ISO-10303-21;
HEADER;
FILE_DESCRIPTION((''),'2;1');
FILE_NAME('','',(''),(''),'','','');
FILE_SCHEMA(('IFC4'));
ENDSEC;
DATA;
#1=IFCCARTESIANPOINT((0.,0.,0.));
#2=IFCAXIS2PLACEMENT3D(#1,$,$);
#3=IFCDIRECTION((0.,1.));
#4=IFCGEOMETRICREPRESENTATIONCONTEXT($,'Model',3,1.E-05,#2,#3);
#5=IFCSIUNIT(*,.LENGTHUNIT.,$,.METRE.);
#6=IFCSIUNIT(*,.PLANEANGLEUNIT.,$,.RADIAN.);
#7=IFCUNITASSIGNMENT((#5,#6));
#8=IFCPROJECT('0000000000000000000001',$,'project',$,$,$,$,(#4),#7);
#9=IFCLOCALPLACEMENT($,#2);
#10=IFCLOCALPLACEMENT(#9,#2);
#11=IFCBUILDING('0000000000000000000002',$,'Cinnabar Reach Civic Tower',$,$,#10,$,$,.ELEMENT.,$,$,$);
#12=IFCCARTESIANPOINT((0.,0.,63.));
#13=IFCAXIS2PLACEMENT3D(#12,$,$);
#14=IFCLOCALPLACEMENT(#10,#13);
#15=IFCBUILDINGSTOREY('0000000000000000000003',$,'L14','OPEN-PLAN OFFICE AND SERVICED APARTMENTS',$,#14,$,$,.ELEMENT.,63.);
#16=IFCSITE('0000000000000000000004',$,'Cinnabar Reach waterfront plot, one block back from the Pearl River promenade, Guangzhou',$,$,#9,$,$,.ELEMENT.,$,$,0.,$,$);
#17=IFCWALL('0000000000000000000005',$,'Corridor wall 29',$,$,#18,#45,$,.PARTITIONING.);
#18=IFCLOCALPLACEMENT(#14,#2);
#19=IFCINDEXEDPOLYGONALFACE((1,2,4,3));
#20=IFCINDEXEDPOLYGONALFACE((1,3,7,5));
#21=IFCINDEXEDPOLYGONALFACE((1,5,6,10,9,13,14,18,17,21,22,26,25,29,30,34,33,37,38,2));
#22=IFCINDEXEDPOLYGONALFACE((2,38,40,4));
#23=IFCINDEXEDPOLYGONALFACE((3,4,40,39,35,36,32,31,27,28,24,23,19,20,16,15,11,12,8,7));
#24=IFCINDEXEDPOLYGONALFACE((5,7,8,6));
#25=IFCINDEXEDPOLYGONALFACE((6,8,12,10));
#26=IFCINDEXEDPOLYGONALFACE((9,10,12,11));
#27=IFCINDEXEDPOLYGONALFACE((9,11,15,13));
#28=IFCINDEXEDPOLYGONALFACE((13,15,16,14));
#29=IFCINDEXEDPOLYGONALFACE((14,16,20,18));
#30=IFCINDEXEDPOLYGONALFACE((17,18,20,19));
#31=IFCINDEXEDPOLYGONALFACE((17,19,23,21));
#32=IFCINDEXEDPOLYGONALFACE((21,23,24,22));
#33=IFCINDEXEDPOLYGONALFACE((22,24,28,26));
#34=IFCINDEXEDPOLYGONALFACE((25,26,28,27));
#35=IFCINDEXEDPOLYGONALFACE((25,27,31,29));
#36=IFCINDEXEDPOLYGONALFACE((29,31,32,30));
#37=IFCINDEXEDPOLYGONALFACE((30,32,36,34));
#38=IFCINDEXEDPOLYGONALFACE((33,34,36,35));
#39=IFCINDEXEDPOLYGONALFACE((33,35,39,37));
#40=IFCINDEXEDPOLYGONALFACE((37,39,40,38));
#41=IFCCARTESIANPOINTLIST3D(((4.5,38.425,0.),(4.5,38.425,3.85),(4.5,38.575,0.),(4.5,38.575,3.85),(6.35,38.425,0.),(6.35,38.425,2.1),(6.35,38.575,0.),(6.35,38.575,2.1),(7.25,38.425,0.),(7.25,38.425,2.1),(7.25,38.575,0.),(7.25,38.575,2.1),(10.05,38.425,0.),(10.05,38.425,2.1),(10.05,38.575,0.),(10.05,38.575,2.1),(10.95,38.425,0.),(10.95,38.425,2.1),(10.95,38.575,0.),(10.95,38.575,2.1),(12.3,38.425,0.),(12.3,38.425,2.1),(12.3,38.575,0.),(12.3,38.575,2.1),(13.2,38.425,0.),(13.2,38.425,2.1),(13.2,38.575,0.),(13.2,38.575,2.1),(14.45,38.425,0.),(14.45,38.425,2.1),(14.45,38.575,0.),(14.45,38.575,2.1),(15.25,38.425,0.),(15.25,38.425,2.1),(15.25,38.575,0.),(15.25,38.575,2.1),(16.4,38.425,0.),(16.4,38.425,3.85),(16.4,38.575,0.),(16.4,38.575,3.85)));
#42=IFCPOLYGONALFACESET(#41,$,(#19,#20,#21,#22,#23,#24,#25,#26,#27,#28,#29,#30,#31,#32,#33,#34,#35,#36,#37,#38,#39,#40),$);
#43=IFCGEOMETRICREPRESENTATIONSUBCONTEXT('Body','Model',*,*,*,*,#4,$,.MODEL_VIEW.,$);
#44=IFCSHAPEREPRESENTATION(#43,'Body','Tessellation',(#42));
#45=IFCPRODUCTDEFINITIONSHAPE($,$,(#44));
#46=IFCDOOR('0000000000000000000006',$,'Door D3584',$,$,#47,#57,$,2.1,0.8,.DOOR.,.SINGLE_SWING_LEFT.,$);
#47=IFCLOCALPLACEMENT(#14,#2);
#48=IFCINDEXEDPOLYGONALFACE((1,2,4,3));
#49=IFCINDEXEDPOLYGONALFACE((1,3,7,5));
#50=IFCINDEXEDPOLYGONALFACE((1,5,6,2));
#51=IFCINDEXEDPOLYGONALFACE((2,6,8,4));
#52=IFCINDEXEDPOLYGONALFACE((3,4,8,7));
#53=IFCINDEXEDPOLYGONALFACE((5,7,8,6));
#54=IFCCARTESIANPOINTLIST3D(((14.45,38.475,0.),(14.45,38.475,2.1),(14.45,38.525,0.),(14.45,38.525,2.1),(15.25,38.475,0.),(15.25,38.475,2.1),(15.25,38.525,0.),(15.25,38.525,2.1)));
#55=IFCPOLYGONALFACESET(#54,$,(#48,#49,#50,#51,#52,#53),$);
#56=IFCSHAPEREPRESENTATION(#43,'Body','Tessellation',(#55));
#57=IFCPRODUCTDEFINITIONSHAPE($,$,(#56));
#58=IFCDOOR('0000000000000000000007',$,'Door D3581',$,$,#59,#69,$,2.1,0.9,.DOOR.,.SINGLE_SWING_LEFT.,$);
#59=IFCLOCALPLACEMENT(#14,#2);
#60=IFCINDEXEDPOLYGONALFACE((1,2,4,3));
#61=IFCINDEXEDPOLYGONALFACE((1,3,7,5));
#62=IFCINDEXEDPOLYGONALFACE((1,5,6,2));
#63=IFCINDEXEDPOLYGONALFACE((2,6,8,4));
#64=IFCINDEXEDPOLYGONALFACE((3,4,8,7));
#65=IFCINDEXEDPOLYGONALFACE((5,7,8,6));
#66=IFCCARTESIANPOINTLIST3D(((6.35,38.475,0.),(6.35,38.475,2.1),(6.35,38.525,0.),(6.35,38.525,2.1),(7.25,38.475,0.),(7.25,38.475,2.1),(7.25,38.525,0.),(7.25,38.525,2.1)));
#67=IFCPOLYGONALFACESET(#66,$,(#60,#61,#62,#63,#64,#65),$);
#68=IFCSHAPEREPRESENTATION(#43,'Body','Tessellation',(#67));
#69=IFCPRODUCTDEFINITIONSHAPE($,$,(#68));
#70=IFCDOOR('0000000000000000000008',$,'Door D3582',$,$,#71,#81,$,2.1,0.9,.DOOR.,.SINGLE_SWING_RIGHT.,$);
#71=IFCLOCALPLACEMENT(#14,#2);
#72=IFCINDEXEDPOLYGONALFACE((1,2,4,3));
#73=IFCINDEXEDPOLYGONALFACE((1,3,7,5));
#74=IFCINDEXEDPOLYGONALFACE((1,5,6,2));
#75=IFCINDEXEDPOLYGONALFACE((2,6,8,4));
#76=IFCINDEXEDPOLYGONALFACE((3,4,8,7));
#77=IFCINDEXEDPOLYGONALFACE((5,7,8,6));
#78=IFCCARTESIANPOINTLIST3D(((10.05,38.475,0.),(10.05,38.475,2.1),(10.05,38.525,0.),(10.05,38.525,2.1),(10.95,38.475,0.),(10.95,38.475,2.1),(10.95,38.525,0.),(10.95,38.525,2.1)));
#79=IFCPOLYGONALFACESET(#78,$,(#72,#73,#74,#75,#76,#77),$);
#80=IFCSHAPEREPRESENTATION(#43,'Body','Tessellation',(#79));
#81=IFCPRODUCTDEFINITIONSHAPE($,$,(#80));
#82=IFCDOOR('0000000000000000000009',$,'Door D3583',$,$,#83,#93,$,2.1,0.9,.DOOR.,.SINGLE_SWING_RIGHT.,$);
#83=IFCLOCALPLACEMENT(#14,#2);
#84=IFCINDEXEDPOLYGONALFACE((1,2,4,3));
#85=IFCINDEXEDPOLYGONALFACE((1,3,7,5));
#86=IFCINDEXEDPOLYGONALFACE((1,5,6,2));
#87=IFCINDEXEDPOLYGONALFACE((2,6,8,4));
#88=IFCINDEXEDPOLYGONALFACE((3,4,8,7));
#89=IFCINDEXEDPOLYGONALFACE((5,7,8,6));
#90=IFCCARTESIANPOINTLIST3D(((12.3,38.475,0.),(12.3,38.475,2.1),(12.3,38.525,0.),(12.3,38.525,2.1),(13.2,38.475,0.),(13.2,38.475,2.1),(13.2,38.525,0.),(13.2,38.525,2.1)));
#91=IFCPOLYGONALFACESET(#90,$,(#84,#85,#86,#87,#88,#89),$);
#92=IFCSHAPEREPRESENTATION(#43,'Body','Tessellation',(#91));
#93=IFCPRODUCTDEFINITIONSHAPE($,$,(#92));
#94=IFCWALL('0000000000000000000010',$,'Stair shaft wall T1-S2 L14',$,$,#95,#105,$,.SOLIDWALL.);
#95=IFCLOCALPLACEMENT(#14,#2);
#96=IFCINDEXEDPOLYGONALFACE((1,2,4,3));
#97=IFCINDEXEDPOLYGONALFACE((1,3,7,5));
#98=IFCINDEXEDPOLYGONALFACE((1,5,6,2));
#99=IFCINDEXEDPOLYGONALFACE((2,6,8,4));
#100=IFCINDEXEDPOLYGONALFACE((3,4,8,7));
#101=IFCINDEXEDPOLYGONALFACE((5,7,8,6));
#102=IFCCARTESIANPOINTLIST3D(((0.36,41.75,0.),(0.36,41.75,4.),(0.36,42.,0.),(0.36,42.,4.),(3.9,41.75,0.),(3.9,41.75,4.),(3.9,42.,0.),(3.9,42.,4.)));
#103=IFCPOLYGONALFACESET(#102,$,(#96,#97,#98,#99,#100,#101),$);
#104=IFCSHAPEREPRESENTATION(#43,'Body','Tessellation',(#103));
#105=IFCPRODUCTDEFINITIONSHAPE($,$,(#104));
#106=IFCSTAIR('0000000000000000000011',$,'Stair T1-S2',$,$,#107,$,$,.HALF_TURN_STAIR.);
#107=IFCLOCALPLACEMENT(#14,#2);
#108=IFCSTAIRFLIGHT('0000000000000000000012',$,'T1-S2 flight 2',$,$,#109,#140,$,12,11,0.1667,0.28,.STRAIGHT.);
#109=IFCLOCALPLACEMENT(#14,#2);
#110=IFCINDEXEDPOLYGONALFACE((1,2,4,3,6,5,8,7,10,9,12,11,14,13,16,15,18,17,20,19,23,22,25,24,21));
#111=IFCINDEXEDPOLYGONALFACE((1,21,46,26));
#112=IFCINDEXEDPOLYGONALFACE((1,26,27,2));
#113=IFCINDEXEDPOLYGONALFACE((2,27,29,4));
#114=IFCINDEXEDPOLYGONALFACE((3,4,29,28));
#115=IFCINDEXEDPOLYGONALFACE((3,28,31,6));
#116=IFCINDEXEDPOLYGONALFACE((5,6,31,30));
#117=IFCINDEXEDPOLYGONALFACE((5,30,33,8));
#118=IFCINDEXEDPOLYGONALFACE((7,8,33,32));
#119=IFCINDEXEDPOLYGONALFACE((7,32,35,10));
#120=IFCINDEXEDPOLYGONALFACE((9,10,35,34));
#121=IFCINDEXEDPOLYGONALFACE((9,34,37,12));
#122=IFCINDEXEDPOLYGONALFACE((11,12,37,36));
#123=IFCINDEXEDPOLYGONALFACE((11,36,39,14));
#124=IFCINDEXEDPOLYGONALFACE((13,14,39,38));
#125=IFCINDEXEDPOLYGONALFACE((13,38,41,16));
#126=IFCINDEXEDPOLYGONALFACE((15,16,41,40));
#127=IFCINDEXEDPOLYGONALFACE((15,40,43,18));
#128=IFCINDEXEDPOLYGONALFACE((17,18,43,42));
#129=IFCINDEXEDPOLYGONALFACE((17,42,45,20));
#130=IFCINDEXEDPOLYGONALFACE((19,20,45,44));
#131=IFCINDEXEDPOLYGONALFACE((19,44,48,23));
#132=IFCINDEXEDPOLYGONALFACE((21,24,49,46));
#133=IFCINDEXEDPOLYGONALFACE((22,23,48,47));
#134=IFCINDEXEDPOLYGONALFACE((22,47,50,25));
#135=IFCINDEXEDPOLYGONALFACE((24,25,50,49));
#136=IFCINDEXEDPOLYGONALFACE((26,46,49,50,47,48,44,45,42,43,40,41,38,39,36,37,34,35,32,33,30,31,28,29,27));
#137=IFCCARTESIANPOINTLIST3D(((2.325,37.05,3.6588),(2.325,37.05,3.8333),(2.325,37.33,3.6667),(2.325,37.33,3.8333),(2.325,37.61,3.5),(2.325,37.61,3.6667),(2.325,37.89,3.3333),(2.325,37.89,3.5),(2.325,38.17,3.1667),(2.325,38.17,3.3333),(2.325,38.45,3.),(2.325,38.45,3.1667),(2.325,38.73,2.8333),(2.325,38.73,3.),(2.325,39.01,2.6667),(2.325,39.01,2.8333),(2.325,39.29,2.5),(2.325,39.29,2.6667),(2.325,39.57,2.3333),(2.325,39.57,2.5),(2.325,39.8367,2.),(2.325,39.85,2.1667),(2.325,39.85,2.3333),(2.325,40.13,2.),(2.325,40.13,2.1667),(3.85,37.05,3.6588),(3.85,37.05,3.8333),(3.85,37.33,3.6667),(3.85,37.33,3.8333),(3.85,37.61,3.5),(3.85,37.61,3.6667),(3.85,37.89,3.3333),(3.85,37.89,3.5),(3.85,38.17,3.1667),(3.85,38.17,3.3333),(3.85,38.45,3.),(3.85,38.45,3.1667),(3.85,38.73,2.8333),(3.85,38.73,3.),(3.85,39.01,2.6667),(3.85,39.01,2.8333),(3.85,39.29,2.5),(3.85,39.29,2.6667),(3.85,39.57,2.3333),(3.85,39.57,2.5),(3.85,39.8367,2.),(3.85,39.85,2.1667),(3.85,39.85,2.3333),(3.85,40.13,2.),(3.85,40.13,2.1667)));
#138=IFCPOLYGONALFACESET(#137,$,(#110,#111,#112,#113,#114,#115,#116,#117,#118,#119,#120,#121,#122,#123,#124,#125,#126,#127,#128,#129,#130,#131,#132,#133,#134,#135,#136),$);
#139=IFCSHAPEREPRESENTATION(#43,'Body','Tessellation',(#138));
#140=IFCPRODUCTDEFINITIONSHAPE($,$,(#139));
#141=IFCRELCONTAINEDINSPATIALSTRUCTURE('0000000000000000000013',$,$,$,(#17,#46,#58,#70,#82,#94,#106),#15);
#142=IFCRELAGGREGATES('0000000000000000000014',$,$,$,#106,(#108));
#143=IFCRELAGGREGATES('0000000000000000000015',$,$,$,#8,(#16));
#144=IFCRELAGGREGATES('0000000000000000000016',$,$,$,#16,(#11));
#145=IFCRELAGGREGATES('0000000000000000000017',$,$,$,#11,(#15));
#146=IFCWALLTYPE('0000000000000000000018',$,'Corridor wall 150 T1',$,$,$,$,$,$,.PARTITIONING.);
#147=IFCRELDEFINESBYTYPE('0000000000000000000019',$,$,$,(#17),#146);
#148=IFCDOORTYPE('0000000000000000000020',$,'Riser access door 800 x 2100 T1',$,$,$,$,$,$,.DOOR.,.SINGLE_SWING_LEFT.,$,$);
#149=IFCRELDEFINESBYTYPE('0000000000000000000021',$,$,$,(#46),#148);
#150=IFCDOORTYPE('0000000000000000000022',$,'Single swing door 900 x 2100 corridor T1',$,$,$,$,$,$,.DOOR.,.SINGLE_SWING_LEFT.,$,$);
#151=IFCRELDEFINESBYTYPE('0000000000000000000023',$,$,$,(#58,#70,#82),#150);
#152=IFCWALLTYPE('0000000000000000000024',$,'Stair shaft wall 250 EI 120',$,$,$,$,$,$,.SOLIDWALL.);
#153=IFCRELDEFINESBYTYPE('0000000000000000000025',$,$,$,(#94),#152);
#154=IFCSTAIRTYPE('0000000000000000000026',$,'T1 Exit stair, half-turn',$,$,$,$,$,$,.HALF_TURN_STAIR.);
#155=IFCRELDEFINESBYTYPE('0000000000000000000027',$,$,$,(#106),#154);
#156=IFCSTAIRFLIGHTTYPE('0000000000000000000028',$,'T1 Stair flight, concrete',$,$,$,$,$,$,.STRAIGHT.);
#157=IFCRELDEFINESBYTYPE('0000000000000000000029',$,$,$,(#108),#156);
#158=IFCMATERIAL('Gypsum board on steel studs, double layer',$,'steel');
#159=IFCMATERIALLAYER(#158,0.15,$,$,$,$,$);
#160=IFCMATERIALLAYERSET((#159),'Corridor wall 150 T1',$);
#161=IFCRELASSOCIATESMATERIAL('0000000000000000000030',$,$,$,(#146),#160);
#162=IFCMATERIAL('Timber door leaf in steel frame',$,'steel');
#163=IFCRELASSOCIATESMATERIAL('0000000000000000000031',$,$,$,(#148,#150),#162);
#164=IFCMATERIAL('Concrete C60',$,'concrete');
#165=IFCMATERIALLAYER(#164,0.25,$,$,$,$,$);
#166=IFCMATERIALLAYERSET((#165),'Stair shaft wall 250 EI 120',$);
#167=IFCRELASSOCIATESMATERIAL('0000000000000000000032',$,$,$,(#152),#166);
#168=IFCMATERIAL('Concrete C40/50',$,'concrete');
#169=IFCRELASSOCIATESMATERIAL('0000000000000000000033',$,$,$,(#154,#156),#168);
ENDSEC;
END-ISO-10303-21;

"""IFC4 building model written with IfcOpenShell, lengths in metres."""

from ifc_helpers import new_model, si_unit, direction, frame, frame_2d, origin, place, context, subcontext, project, spatial, polyline, rectangle, outline, extrude, material, layer, layer_set, type_object, element, fill, aggregate, save


model = new_model("IFC4")

# Units and contexts
model_context = context("Model", 3, precision=1e-05, world=origin(), true_north=direction((0.0, 1.0)))
body_context = subcontext(model_context, "Body", "Model", "MODEL_VIEW")
ifc_project = project(units=[si_unit("LENGTHUNIT", "METRE"), si_unit("PLANEANGLEUNIT", "RADIAN")], contexts=[model_context])

# Site, building, storey
site_placement = place(None, origin())
site = spatial("IfcSite", under=ifc_project, at=site_placement, Name="Cinnabar Reach waterfront plot, one block back from the Pearl River promenade, Guangzhou", CompositionType="ELEMENT", RefElevation=0.0)
building_placement = place(site_placement, origin())
building = spatial("IfcBuilding", under=site, at=building_placement, Name="Cinnabar Reach Civic Tower", CompositionType="ELEMENT")
storey_placement = place(building_placement, frame((0.0, 0.0, 63.0)))
storey = spatial("IfcBuildingStorey", under=building, at=storey_placement, Name="L14", Description="OPEN-PLAN OFFICE AND SERVICED APARTMENTS", CompositionType="ELEMENT", Elevation=63.0)

# Shared definitions
ifc_material_1 = material(Name="Timber door leaf in steel frame", Category="steel")

# Wall, openings, doors
ifc_material_2 = material(Name="Gypsum board on steel studs, double layer", Category="steel")
ifc_layer_1 = layer(ifc_material_2, 0.15)
ifc_layer_set_1 = layer_set([ifc_layer_1], Name="Corridor wall 150 T1")
wall_type_1 = type_object("IfcWallType", Name="Corridor wall 150 T1", PredefinedType="PARTITIONING", material=ifc_layer_set_1)
wall_1_placement = place(storey_placement, frame((4.5, 38.5, 0.0), z_axis=(0.0, 0.0, 1.0), x_axis=(1.0, 0.0, 0.0)))
wall_1 = element("IfcWall", 1, at=wall_1_placement, inside=storey, type_object=wall_type_1, Name="Corridor wall 29", PredefinedType="PARTITIONING", context=body_context, shape_type="SweptSolid", body=[
    extrude(rectangle(XDim=11.9, YDim=0.15, at=frame_2d((5.95, 0.0))), origin(), (0.0, 0.0, 1.0), 3.85),
])
opening_1_placement = place(wall_1_placement, frame((1.85, 0.0, 0.0)))
opening_1 = element("IfcOpeningElement", 2, at=opening_1_placement, cuts=wall_1, PredefinedType="OPENING", context=body_context, shape_type="SweptSolid", body=[
    extrude(rectangle(XDim=0.9, YDim=2.1, at=frame_2d((0.45, 1.05))), frame((0.0, 0.085, 0.0), z_axis=(0.0, -1.0, 0.0), x_axis=(1.0, 0.0, 0.0)), (0.0, 0.0, 1.0), 0.17),
])
opening_2_placement = place(wall_1_placement, frame((5.55, 0.0, 0.0)))
opening_2 = element("IfcOpeningElement", 3, at=opening_2_placement, cuts=wall_1, PredefinedType="OPENING", context=body_context, shape_type="SweptSolid", body=[
    extrude(rectangle(XDim=0.9, YDim=2.1, at=frame_2d((0.45, 1.05))), frame((0.0, 0.085, 0.0), z_axis=(0.0, -1.0, 0.0), x_axis=(1.0, 0.0, 0.0)), (0.0, 0.0, 1.0), 0.17),
])
opening_3_placement = place(wall_1_placement, frame((7.8, 0.0, 0.0)))
opening_3 = element("IfcOpeningElement", 4, at=opening_3_placement, cuts=wall_1, PredefinedType="OPENING", context=body_context, shape_type="SweptSolid", body=[
    extrude(rectangle(XDim=0.9, YDim=2.1, at=frame_2d((0.45, 1.05))), frame((0.0, 0.085, 0.0), z_axis=(0.0, -1.0, 0.0), x_axis=(1.0, 0.0, 0.0)), (0.0, 0.0, 1.0), 0.17),
])
opening_4_placement = place(wall_1_placement, frame((9.95, 0.0, 0.0)))
opening_4 = element("IfcOpeningElement", 5, at=opening_4_placement, cuts=wall_1, PredefinedType="OPENING", context=body_context, shape_type="SweptSolid", body=[
    extrude(rectangle(XDim=0.8, YDim=2.1, at=frame_2d((0.4, 1.05))), frame((0.0, 0.085, 0.0), z_axis=(0.0, -1.0, 0.0), x_axis=(1.0, 0.0, 0.0)), (0.0, 0.0, 1.0), 0.17),
])
door_type_1 = type_object("IfcDoorType", Name="Riser access door 800 x 2100 T1", OperationType="SINGLE_SWING_LEFT", PredefinedType="DOOR", material=ifc_material_1)
door_1_placement = place(opening_4_placement, origin())
door_1 = element("IfcDoor", 6, at=door_1_placement, inside=storey, type_object=door_type_1, Name="Door D3584", OperationType="SINGLE_SWING_LEFT", OverallHeight=2.1, OverallWidth=0.8, PredefinedType="DOOR", context=body_context, shape_type="SweptSolid", body=[
    extrude(rectangle(XDim=0.8, YDim=2.1, at=frame_2d((0.4, 1.05))), frame((0.0, 0.025, 0.0), z_axis=(0.0, -1.0, 0.0), x_axis=(1.0, 0.0, 0.0)), (0.0, 0.0, 1.0), 0.05),
])
fill(opening_4, door_1)
door_type_2 = type_object("IfcDoorType", Name="Single swing door 900 x 2100 corridor T1", OperationType="SINGLE_SWING_LEFT", PredefinedType="DOOR", material=ifc_material_1)
door_2_placement = place(opening_1_placement, origin())
door_2 = element("IfcDoor", 7, at=door_2_placement, inside=storey, type_object=door_type_2, Name="Door D3581", OperationType="SINGLE_SWING_LEFT", OverallHeight=2.1, OverallWidth=0.9, PredefinedType="DOOR", context=body_context, shape_type="SweptSolid", body=[
    extrude(rectangle(XDim=0.9, YDim=2.1, at=frame_2d((0.45, 1.05))), frame((0.0, 0.025, 0.0), z_axis=(0.0, -1.0, 0.0), x_axis=(1.0, 0.0, 0.0)), (0.0, 0.0, 1.0), 0.05),
])
fill(opening_1, door_2)
door_3_placement = place(opening_2_placement, origin())
door_3 = element("IfcDoor", 8, at=door_3_placement, inside=storey, type_object=door_type_2, Name="Door D3582", OperationType="SINGLE_SWING_RIGHT", OverallHeight=2.1, OverallWidth=0.9, PredefinedType="DOOR", context=body_context, shape_type="SweptSolid", body=[
    extrude(rectangle(XDim=0.9, YDim=2.1, at=frame_2d((0.45, 1.05))), frame((0.0, 0.025, 0.0), z_axis=(0.0, -1.0, 0.0), x_axis=(1.0, 0.0, 0.0)), (0.0, 0.0, 1.0), 0.05),
])
fill(opening_2, door_3)
door_4_placement = place(opening_3_placement, origin())
door_4 = element("IfcDoor", 9, at=door_4_placement, inside=storey, type_object=door_type_2, Name="Door D3583", OperationType="SINGLE_SWING_RIGHT", OverallHeight=2.1, OverallWidth=0.9, PredefinedType="DOOR", context=body_context, shape_type="SweptSolid", body=[
    extrude(rectangle(XDim=0.9, YDim=2.1, at=frame_2d((0.45, 1.05))), frame((0.0, 0.025, 0.0), z_axis=(0.0, -1.0, 0.0), x_axis=(1.0, 0.0, 0.0)), (0.0, 0.0, 1.0), 0.05),
])
fill(opening_3, door_4)

# Wall
ifc_material_3 = material(Name="Concrete C60", Category="concrete")
ifc_layer_2 = layer(ifc_material_3, 0.25)
ifc_layer_set_2 = layer_set([ifc_layer_2], Name="Stair shaft wall 250 EI 120")
wall_type_2 = type_object("IfcWallType", Name="Stair shaft wall 250 EI 120", PredefinedType="SOLIDWALL", material=ifc_layer_set_2)
wall_2_placement = place(storey_placement, frame((3.9, 41.875, 0.0), z_axis=(0.0, 0.0, 1.0), x_axis=(-1.0, 0.0, 0.0)))
element("IfcWall", 10, at=wall_2_placement, inside=storey, type_object=wall_type_2, Name="Stair shaft wall T1-S2 L14", PredefinedType="SOLIDWALL", context=body_context, shape_type="SweptSolid", body=[
    extrude(rectangle(XDim=3.54, YDim=0.25, at=frame_2d((1.77, 0.0))), origin(), (0.0, 0.0, 1.0), 4.0),
])

# Stair, stair flight
ifc_material_4 = material(Name="Concrete C40/50", Category="concrete")
stair_type = type_object("IfcStairType", Name="T1 Exit stair, half-turn", PredefinedType="HALF_TURN_STAIR", material=ifc_material_4)
stair_placement = place(storey_placement, origin())
stair = element("IfcStair", 11, at=stair_placement, inside=storey, type_object=stair_type, Name="Stair T1-S2", PredefinedType="HALF_TURN_STAIR")
stair_flight_type = type_object("IfcStairFlightType", Name="T1 Stair flight, concrete", PredefinedType="STRAIGHT", material=ifc_material_4)
stair_flight_placement = place(storey_placement, frame((3.0875, 40.13, 2.0), z_axis=(0.0, 0.0, 1.0), x_axis=(0.0, -1.0, 0.0)))
stair_flight = element("IfcStairFlight", 12, at=stair_flight_placement, type_object=stair_flight_type, Name="T1-S2 flight 2", NumberOfRisers=12, NumberOfTreads=11, PredefinedType="STRAIGHT", RiserHeight=0.1667, TreadLength=0.28, context=body_context, shape_type="SweptSolid", body=[
    extrude(outline(polyline([(0.0, 0.0), (0.0, 0.1667), (0.28, 0.1667), (0.28, 0.3333), (0.56, 0.3333), (0.56, 0.5), (0.84, 0.5), (0.84, 0.6667), (1.12, 0.6667), (1.12, 0.8333), (1.4, 0.8333), (1.4, 1.0), (1.68, 1.0), (1.68, 1.1667), (1.96, 1.1667), (1.96, 1.3333), (2.24, 1.3333), (2.24, 1.5), (2.52, 1.5), (2.52, 1.6667), (2.8, 1.6667), (2.8, 1.8333), (3.08, 1.8333), (3.08, 2.0), (3.08, 1.6588), (0.2933, 0.0), (0.0, 0.0)])), frame((0.0, 0.7625, 0.0), z_axis=(0.0, -1.0, 0.0), x_axis=(1.0, 0.0, 0.0)), (0.0, 0.0, 1.0), 1.525),
])
aggregate(stair, [stair_flight])

save(model, "model.ifc")
